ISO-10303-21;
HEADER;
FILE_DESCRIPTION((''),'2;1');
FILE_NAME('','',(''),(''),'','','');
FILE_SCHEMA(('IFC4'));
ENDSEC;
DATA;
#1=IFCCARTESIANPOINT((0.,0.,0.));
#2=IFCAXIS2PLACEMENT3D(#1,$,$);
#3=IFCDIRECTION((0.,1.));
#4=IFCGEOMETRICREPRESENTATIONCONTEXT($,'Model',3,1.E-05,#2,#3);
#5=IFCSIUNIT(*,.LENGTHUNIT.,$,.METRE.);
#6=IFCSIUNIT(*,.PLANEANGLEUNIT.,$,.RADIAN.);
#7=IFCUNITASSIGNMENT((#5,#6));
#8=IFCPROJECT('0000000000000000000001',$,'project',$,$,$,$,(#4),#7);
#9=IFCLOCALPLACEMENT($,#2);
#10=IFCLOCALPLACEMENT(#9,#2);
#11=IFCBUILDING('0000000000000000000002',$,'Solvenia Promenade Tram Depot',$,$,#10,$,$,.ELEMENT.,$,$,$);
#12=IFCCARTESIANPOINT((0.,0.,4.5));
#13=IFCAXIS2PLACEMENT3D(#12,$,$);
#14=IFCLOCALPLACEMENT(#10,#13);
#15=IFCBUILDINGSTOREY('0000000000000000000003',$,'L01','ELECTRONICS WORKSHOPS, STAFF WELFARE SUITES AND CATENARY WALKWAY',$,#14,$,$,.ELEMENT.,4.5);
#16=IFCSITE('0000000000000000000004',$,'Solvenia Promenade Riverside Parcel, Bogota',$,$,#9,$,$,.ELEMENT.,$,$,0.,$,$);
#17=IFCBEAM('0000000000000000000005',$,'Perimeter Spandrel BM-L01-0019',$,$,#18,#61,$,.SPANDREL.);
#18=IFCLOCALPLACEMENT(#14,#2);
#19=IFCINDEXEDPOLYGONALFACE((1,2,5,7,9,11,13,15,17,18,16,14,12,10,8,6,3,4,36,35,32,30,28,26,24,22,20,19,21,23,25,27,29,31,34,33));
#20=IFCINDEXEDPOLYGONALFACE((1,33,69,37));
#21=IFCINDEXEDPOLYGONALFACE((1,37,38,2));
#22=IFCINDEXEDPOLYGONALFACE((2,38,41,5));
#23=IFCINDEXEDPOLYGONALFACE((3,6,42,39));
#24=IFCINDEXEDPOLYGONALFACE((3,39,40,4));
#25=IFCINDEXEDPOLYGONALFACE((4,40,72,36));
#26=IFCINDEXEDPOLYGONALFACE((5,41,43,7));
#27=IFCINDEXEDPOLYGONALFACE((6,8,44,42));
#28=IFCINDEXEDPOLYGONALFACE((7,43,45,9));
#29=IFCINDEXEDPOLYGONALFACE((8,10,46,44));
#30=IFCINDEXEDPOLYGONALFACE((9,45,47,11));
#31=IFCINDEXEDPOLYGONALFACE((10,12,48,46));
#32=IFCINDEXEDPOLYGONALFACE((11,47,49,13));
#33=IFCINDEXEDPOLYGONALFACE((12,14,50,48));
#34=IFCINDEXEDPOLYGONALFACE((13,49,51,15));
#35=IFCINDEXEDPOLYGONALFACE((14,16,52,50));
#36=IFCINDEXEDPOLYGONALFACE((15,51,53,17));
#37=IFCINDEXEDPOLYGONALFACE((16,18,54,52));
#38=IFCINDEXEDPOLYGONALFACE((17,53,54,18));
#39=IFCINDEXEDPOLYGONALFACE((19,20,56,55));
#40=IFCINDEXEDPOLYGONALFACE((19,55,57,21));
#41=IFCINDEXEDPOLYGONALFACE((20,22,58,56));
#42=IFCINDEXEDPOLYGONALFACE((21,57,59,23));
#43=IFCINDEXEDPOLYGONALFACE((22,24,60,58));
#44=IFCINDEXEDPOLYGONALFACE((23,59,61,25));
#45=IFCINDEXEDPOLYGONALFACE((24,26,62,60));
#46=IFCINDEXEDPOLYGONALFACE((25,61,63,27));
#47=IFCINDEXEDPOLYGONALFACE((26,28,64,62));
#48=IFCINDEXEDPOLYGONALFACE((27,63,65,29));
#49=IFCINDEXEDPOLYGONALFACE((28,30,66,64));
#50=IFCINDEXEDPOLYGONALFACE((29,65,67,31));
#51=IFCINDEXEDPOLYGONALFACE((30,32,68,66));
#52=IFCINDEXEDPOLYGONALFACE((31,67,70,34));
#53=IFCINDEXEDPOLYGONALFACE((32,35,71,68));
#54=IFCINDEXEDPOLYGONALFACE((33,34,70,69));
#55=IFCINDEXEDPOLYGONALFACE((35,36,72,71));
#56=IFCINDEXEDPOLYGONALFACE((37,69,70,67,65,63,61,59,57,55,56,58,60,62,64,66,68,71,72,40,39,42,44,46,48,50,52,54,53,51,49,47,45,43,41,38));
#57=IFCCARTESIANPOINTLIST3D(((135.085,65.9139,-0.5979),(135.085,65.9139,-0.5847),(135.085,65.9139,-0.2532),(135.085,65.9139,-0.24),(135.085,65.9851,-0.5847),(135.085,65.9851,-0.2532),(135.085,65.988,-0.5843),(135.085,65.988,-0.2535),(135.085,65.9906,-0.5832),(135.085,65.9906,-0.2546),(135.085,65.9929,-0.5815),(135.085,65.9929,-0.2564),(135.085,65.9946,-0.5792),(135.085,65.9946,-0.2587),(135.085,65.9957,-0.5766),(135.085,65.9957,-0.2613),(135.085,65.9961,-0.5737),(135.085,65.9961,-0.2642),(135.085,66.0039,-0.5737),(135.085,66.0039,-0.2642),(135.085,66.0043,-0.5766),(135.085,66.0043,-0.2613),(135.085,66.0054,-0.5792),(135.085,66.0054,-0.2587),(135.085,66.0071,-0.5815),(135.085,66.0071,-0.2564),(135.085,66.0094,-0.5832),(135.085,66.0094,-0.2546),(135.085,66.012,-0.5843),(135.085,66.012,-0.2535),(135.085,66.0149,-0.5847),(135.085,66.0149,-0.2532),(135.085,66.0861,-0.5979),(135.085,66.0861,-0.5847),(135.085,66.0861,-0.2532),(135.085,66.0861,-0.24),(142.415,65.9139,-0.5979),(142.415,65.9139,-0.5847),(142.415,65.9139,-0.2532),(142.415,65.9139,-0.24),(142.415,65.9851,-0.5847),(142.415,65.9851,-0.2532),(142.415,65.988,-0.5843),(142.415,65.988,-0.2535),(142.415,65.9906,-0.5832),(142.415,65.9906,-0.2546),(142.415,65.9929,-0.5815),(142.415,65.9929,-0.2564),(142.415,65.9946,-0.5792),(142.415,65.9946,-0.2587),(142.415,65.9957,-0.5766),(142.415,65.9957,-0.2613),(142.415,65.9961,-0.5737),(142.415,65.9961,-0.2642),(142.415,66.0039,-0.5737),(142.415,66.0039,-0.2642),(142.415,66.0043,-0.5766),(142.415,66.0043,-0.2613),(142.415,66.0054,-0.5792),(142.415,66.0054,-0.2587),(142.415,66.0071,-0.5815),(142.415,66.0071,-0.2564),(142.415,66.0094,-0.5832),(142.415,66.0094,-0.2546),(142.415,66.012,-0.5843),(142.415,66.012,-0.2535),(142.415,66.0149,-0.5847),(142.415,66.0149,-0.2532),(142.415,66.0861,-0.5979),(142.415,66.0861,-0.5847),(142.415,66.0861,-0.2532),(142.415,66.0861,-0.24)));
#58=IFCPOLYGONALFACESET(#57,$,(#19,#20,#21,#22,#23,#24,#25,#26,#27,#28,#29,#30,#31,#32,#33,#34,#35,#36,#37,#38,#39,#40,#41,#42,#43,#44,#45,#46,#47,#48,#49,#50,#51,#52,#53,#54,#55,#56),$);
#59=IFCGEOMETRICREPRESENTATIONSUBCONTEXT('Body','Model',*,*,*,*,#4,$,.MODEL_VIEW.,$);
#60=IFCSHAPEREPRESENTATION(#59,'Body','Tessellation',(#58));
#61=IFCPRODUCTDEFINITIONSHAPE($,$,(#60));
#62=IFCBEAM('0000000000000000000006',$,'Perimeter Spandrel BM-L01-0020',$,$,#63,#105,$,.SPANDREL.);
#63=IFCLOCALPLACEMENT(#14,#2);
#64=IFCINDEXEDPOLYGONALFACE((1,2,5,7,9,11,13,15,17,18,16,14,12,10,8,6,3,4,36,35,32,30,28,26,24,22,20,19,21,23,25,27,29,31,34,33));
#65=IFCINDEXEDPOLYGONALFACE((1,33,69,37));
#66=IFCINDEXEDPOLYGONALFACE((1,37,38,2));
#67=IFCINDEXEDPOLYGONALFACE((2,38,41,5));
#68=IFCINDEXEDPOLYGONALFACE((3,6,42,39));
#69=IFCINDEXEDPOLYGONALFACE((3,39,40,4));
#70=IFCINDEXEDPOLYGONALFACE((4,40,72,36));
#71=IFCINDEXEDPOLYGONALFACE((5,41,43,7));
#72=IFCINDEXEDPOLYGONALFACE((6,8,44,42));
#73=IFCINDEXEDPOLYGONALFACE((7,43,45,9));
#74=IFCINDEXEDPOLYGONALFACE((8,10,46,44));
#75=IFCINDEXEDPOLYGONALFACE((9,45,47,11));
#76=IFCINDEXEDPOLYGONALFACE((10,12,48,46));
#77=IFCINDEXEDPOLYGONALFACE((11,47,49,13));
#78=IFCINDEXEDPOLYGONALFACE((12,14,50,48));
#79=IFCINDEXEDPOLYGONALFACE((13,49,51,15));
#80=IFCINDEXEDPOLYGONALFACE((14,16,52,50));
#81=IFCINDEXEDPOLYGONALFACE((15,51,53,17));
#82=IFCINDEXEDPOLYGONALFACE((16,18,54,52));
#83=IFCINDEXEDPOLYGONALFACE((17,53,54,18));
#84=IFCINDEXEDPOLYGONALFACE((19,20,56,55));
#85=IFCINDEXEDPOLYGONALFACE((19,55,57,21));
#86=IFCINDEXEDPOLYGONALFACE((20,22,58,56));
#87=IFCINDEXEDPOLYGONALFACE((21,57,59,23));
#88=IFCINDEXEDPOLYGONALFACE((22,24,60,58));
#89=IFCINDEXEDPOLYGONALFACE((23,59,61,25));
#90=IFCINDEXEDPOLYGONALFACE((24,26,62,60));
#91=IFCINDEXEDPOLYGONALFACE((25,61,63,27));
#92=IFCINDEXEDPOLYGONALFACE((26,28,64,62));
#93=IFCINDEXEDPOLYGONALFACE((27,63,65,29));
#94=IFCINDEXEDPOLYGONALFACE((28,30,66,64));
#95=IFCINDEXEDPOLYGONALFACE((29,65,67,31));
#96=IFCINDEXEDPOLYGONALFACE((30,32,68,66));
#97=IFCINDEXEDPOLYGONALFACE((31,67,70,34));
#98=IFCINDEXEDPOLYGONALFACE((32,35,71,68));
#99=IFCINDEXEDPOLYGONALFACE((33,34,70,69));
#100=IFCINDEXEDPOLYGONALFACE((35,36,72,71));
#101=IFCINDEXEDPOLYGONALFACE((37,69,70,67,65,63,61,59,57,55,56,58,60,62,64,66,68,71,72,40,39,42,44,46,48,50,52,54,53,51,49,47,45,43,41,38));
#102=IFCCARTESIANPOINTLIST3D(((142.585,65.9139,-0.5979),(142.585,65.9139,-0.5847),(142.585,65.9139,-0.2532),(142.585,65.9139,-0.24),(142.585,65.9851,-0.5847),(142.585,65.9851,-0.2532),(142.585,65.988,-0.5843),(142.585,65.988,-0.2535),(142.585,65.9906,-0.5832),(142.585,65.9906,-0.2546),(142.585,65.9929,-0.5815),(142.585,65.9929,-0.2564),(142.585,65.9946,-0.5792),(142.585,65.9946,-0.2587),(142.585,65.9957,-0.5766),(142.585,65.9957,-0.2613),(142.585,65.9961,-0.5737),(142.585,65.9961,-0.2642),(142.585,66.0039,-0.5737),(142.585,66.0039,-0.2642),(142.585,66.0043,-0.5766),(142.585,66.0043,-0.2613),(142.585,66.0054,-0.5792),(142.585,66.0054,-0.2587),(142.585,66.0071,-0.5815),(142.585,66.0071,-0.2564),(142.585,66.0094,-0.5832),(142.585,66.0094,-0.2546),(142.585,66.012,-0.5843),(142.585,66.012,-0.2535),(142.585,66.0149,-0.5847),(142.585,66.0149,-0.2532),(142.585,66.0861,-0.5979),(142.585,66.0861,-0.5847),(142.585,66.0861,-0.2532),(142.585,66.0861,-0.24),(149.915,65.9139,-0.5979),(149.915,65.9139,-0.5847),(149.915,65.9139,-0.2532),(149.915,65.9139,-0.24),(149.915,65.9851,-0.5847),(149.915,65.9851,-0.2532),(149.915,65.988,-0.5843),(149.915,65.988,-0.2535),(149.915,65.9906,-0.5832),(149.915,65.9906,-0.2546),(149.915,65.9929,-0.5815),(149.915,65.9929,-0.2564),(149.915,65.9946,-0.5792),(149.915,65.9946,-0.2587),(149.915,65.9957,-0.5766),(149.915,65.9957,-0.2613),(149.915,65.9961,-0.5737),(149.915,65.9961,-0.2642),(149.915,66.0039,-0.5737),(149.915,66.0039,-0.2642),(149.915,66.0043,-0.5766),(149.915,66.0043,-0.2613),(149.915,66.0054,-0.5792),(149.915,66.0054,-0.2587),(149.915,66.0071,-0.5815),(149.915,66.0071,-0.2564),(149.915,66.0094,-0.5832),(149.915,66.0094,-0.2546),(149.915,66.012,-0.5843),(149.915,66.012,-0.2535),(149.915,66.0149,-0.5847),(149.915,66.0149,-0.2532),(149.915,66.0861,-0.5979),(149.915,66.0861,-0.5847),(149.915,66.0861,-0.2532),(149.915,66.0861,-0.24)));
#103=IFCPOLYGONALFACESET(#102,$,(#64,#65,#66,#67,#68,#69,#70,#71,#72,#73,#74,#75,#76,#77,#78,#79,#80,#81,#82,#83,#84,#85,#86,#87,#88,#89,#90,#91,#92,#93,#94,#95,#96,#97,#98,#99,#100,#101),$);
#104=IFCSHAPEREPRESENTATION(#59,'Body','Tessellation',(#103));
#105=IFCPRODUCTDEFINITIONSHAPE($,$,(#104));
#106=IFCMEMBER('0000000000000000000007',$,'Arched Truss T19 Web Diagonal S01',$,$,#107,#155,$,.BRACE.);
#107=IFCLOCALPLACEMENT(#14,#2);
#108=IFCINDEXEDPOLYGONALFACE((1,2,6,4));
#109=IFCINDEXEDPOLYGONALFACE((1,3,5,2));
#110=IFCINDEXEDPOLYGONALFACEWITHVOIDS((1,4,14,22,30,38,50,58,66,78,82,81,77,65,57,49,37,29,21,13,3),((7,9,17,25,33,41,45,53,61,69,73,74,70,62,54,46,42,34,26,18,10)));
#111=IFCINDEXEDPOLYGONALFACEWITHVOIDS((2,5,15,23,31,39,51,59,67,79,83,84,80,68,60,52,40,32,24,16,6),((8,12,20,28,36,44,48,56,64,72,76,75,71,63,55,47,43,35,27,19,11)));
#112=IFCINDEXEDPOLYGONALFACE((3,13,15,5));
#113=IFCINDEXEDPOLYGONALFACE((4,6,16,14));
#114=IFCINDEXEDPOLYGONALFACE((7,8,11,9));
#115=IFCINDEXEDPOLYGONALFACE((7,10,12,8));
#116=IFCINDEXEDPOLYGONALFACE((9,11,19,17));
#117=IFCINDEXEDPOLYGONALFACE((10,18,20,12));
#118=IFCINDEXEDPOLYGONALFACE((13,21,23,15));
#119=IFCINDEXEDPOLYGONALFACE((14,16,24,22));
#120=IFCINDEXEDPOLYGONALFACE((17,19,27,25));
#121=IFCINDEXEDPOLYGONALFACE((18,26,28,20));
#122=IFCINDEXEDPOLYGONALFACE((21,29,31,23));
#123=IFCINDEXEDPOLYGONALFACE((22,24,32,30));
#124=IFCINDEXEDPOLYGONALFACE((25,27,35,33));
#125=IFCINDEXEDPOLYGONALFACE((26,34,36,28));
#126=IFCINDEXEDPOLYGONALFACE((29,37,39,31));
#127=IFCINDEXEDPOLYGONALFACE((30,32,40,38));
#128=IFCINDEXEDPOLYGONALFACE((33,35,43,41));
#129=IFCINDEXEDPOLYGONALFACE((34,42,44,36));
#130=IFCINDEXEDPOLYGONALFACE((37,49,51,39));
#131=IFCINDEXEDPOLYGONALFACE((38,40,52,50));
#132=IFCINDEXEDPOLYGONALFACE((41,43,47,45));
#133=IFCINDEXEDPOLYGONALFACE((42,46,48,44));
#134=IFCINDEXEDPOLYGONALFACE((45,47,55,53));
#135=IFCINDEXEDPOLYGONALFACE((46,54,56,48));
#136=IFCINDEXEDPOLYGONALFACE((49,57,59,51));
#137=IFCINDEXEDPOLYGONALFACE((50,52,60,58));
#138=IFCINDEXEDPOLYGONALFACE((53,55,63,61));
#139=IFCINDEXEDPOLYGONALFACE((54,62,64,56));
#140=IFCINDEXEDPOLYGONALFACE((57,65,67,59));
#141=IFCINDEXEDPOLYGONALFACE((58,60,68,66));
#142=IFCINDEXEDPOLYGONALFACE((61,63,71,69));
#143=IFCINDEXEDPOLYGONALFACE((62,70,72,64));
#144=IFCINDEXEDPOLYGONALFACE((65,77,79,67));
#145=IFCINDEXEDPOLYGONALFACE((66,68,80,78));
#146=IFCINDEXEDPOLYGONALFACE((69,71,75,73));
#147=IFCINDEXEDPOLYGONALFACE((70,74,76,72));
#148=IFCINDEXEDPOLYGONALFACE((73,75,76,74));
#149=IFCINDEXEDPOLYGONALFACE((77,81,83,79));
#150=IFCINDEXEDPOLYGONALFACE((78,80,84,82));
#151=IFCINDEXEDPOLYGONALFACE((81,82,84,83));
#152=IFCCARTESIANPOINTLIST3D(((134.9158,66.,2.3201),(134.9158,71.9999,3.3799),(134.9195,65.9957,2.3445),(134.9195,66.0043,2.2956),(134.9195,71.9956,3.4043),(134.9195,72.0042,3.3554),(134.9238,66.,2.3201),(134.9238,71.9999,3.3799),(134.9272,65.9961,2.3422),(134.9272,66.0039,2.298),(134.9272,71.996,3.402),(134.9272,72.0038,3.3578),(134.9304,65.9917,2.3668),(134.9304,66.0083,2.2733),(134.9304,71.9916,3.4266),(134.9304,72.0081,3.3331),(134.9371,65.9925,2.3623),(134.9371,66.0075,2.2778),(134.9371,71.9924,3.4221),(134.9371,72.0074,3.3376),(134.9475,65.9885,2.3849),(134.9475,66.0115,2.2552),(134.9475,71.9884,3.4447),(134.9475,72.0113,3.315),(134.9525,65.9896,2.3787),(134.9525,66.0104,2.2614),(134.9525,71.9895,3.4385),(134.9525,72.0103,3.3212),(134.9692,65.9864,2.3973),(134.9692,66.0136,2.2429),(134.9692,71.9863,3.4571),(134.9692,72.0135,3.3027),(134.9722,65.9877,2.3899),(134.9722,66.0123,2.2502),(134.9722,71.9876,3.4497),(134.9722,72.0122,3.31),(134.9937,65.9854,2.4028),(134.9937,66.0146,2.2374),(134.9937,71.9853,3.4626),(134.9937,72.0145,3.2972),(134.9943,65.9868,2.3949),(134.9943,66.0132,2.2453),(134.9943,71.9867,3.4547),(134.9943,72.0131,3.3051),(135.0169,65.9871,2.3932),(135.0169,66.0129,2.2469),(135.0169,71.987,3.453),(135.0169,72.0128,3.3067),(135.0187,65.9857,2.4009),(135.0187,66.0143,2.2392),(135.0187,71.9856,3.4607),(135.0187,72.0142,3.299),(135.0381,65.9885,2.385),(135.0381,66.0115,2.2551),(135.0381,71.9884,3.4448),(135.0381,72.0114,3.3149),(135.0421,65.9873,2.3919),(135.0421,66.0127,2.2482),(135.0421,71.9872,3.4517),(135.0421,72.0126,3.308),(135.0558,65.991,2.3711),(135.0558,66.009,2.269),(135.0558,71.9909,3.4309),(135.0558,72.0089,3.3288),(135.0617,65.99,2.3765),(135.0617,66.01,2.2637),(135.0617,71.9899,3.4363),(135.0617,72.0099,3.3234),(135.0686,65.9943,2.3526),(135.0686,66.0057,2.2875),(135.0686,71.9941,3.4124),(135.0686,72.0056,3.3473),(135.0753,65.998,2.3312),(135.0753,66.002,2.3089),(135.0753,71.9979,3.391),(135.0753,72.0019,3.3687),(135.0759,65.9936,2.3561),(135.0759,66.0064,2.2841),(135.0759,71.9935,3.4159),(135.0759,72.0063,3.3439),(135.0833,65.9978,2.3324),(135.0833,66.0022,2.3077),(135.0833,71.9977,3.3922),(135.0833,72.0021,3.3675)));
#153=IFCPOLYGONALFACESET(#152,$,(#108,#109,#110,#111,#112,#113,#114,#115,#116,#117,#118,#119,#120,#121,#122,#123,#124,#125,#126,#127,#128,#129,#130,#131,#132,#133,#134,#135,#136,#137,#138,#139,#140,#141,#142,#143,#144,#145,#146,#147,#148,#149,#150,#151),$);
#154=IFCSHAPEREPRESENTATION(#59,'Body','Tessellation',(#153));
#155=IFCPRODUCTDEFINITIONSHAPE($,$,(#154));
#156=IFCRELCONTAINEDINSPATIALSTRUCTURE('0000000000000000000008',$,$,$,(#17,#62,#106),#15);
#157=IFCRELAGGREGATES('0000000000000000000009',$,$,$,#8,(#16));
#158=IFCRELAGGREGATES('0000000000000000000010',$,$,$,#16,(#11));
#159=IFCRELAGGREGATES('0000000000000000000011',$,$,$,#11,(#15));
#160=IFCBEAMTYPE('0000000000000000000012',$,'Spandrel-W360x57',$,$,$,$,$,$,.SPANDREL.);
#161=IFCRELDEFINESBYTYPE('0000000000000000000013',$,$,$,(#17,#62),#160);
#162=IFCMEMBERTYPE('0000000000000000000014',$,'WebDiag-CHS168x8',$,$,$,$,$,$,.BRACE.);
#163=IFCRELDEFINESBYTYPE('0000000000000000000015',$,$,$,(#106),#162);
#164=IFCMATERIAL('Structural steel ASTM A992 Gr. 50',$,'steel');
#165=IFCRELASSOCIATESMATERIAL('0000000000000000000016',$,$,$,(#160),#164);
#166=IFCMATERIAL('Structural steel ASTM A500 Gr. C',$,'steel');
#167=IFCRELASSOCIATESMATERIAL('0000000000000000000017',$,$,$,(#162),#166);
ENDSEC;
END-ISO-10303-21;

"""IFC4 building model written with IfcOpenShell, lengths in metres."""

from ifc_helpers import new_model, si_unit, direction, frame, origin, origin_2d, place, context, subcontext, project, spatial, hollow_circle, i_section, extrude, material, material_profile, profile_set, type_object, element, save


model = new_model("IFC4")

# Units and contexts
model_context = context("Model", 3, precision=1e-05, world=origin(), true_north=direction((0.0, 1.0)))
body_context = subcontext(model_context, "Body", "Model", "MODEL_VIEW")
ifc_project = project(units=[si_unit("LENGTHUNIT", "METRE"), si_unit("PLANEANGLEUNIT", "RADIAN")], contexts=[model_context])

# Site, building, storey
site_placement = place(None, origin())
site = spatial("IfcSite", under=ifc_project, at=site_placement, Name="Solvenia Promenade Riverside Parcel, Bogota", CompositionType="ELEMENT", RefElevation=0.0)
building_placement = place(site_placement, origin())
building = spatial("IfcBuilding", under=site, at=building_placement, Name="Solvenia Promenade Tram Depot", CompositionType="ELEMENT")
storey_placement = place(building_placement, frame((0.0, 0.0, 4.5)))
storey = spatial("IfcBuildingStorey", under=building, at=storey_placement, Name="L01", Description="ELECTRONICS WORKSHOPS, STAFF WELFARE SUITES AND CATENARY WALKWAY", CompositionType="ELEMENT", Elevation=4.5)

# Shared definitions
ifc_material_1 = material(Name="Structural steel ASTM A992 Gr. 50", Category="steel")

# Shared definitions
ifc_material_2 = material(Name="Structural steel ASTM A500 Gr. C", Category="steel")

# Beams
ifc_material_profile_1 = material_profile(ifc_material_1, i_section(OverallWidth=0.1721, OverallDepth=0.3579, WebThickness=0.0078, FlangeThickness=0.0132, FilletRadius=0.011, at=origin_2d()), Name="W360x57", Category="steel")
ifc_profile_set_1 = profile_set([ifc_material_profile_1], Name="Structural steel ASTM A992 Gr. 50")
beam_type_1 = type_object("IfcBeamType", Name="Spandrel-W360x57", PredefinedType="SPANDREL", material=ifc_profile_set_1)
for number, where, z_axis, x_axis, name in (
    (1, (135.085, 66.0, -0.4189), (1.0, 0.0, 0.0), (0.0, 1.0, 0.0), "Perimeter Spandrel BM-L01-0019"),
    (2, (142.585, 66.0, -0.4189), (1.0, 0.0, 0.0), (0.0, 1.0, 0.0), "Perimeter Spandrel BM-L01-0020"),
):
    element("IfcBeam", number, at=place(storey_placement, frame(where, z_axis=z_axis, x_axis=x_axis)), inside=storey, type_object=beam_type_1, Name=name, PredefinedType="SPANDREL", context=body_context, shape_type="SweptSolid", body=[
        extrude(i_section(OverallWidth=0.1721, OverallDepth=0.3579, WebThickness=0.0078, FlangeThickness=0.0132, FilletRadius=0.011, at=origin_2d()), origin(), (0.0, 0.0, 1.0), 7.3301),
    ])

# Member
ifc_material_profile_2 = material_profile(ifc_material_2, hollow_circle(Radius=0.0842, WallThickness=0.0081, at=origin_2d()), Name="CHS168.3x8", Category="steel")
ifc_profile_set_2 = profile_set([ifc_material_profile_2], Name="Structural steel ASTM A500 Gr. C")
member_type_1 = type_object("IfcMemberType", Name="WebDiag-CHS168x8", PredefinedType="BRACE", material=ifc_profile_set_2)
member_1_placement = place(storey_placement, frame((135.0, 66.0, 2.3201), z_axis=(0.0, 0.984756, 0.173943), x_axis=(-1.0, 0.0, 0.0)))
element("IfcMember", 3, at=member_1_placement, inside=storey, type_object=member_type_1, Name="Arched Truss T19 Web Diagonal S01", PredefinedType="BRACE", context=body_context, shape_type="SweptSolid", body=[
    extrude(hollow_circle(Radius=0.0842, WallThickness=0.0081, at=origin_2d()), origin(), (0.0, 0.0, 1.0), 6.0928),
])

save(model, "model.ifc")
